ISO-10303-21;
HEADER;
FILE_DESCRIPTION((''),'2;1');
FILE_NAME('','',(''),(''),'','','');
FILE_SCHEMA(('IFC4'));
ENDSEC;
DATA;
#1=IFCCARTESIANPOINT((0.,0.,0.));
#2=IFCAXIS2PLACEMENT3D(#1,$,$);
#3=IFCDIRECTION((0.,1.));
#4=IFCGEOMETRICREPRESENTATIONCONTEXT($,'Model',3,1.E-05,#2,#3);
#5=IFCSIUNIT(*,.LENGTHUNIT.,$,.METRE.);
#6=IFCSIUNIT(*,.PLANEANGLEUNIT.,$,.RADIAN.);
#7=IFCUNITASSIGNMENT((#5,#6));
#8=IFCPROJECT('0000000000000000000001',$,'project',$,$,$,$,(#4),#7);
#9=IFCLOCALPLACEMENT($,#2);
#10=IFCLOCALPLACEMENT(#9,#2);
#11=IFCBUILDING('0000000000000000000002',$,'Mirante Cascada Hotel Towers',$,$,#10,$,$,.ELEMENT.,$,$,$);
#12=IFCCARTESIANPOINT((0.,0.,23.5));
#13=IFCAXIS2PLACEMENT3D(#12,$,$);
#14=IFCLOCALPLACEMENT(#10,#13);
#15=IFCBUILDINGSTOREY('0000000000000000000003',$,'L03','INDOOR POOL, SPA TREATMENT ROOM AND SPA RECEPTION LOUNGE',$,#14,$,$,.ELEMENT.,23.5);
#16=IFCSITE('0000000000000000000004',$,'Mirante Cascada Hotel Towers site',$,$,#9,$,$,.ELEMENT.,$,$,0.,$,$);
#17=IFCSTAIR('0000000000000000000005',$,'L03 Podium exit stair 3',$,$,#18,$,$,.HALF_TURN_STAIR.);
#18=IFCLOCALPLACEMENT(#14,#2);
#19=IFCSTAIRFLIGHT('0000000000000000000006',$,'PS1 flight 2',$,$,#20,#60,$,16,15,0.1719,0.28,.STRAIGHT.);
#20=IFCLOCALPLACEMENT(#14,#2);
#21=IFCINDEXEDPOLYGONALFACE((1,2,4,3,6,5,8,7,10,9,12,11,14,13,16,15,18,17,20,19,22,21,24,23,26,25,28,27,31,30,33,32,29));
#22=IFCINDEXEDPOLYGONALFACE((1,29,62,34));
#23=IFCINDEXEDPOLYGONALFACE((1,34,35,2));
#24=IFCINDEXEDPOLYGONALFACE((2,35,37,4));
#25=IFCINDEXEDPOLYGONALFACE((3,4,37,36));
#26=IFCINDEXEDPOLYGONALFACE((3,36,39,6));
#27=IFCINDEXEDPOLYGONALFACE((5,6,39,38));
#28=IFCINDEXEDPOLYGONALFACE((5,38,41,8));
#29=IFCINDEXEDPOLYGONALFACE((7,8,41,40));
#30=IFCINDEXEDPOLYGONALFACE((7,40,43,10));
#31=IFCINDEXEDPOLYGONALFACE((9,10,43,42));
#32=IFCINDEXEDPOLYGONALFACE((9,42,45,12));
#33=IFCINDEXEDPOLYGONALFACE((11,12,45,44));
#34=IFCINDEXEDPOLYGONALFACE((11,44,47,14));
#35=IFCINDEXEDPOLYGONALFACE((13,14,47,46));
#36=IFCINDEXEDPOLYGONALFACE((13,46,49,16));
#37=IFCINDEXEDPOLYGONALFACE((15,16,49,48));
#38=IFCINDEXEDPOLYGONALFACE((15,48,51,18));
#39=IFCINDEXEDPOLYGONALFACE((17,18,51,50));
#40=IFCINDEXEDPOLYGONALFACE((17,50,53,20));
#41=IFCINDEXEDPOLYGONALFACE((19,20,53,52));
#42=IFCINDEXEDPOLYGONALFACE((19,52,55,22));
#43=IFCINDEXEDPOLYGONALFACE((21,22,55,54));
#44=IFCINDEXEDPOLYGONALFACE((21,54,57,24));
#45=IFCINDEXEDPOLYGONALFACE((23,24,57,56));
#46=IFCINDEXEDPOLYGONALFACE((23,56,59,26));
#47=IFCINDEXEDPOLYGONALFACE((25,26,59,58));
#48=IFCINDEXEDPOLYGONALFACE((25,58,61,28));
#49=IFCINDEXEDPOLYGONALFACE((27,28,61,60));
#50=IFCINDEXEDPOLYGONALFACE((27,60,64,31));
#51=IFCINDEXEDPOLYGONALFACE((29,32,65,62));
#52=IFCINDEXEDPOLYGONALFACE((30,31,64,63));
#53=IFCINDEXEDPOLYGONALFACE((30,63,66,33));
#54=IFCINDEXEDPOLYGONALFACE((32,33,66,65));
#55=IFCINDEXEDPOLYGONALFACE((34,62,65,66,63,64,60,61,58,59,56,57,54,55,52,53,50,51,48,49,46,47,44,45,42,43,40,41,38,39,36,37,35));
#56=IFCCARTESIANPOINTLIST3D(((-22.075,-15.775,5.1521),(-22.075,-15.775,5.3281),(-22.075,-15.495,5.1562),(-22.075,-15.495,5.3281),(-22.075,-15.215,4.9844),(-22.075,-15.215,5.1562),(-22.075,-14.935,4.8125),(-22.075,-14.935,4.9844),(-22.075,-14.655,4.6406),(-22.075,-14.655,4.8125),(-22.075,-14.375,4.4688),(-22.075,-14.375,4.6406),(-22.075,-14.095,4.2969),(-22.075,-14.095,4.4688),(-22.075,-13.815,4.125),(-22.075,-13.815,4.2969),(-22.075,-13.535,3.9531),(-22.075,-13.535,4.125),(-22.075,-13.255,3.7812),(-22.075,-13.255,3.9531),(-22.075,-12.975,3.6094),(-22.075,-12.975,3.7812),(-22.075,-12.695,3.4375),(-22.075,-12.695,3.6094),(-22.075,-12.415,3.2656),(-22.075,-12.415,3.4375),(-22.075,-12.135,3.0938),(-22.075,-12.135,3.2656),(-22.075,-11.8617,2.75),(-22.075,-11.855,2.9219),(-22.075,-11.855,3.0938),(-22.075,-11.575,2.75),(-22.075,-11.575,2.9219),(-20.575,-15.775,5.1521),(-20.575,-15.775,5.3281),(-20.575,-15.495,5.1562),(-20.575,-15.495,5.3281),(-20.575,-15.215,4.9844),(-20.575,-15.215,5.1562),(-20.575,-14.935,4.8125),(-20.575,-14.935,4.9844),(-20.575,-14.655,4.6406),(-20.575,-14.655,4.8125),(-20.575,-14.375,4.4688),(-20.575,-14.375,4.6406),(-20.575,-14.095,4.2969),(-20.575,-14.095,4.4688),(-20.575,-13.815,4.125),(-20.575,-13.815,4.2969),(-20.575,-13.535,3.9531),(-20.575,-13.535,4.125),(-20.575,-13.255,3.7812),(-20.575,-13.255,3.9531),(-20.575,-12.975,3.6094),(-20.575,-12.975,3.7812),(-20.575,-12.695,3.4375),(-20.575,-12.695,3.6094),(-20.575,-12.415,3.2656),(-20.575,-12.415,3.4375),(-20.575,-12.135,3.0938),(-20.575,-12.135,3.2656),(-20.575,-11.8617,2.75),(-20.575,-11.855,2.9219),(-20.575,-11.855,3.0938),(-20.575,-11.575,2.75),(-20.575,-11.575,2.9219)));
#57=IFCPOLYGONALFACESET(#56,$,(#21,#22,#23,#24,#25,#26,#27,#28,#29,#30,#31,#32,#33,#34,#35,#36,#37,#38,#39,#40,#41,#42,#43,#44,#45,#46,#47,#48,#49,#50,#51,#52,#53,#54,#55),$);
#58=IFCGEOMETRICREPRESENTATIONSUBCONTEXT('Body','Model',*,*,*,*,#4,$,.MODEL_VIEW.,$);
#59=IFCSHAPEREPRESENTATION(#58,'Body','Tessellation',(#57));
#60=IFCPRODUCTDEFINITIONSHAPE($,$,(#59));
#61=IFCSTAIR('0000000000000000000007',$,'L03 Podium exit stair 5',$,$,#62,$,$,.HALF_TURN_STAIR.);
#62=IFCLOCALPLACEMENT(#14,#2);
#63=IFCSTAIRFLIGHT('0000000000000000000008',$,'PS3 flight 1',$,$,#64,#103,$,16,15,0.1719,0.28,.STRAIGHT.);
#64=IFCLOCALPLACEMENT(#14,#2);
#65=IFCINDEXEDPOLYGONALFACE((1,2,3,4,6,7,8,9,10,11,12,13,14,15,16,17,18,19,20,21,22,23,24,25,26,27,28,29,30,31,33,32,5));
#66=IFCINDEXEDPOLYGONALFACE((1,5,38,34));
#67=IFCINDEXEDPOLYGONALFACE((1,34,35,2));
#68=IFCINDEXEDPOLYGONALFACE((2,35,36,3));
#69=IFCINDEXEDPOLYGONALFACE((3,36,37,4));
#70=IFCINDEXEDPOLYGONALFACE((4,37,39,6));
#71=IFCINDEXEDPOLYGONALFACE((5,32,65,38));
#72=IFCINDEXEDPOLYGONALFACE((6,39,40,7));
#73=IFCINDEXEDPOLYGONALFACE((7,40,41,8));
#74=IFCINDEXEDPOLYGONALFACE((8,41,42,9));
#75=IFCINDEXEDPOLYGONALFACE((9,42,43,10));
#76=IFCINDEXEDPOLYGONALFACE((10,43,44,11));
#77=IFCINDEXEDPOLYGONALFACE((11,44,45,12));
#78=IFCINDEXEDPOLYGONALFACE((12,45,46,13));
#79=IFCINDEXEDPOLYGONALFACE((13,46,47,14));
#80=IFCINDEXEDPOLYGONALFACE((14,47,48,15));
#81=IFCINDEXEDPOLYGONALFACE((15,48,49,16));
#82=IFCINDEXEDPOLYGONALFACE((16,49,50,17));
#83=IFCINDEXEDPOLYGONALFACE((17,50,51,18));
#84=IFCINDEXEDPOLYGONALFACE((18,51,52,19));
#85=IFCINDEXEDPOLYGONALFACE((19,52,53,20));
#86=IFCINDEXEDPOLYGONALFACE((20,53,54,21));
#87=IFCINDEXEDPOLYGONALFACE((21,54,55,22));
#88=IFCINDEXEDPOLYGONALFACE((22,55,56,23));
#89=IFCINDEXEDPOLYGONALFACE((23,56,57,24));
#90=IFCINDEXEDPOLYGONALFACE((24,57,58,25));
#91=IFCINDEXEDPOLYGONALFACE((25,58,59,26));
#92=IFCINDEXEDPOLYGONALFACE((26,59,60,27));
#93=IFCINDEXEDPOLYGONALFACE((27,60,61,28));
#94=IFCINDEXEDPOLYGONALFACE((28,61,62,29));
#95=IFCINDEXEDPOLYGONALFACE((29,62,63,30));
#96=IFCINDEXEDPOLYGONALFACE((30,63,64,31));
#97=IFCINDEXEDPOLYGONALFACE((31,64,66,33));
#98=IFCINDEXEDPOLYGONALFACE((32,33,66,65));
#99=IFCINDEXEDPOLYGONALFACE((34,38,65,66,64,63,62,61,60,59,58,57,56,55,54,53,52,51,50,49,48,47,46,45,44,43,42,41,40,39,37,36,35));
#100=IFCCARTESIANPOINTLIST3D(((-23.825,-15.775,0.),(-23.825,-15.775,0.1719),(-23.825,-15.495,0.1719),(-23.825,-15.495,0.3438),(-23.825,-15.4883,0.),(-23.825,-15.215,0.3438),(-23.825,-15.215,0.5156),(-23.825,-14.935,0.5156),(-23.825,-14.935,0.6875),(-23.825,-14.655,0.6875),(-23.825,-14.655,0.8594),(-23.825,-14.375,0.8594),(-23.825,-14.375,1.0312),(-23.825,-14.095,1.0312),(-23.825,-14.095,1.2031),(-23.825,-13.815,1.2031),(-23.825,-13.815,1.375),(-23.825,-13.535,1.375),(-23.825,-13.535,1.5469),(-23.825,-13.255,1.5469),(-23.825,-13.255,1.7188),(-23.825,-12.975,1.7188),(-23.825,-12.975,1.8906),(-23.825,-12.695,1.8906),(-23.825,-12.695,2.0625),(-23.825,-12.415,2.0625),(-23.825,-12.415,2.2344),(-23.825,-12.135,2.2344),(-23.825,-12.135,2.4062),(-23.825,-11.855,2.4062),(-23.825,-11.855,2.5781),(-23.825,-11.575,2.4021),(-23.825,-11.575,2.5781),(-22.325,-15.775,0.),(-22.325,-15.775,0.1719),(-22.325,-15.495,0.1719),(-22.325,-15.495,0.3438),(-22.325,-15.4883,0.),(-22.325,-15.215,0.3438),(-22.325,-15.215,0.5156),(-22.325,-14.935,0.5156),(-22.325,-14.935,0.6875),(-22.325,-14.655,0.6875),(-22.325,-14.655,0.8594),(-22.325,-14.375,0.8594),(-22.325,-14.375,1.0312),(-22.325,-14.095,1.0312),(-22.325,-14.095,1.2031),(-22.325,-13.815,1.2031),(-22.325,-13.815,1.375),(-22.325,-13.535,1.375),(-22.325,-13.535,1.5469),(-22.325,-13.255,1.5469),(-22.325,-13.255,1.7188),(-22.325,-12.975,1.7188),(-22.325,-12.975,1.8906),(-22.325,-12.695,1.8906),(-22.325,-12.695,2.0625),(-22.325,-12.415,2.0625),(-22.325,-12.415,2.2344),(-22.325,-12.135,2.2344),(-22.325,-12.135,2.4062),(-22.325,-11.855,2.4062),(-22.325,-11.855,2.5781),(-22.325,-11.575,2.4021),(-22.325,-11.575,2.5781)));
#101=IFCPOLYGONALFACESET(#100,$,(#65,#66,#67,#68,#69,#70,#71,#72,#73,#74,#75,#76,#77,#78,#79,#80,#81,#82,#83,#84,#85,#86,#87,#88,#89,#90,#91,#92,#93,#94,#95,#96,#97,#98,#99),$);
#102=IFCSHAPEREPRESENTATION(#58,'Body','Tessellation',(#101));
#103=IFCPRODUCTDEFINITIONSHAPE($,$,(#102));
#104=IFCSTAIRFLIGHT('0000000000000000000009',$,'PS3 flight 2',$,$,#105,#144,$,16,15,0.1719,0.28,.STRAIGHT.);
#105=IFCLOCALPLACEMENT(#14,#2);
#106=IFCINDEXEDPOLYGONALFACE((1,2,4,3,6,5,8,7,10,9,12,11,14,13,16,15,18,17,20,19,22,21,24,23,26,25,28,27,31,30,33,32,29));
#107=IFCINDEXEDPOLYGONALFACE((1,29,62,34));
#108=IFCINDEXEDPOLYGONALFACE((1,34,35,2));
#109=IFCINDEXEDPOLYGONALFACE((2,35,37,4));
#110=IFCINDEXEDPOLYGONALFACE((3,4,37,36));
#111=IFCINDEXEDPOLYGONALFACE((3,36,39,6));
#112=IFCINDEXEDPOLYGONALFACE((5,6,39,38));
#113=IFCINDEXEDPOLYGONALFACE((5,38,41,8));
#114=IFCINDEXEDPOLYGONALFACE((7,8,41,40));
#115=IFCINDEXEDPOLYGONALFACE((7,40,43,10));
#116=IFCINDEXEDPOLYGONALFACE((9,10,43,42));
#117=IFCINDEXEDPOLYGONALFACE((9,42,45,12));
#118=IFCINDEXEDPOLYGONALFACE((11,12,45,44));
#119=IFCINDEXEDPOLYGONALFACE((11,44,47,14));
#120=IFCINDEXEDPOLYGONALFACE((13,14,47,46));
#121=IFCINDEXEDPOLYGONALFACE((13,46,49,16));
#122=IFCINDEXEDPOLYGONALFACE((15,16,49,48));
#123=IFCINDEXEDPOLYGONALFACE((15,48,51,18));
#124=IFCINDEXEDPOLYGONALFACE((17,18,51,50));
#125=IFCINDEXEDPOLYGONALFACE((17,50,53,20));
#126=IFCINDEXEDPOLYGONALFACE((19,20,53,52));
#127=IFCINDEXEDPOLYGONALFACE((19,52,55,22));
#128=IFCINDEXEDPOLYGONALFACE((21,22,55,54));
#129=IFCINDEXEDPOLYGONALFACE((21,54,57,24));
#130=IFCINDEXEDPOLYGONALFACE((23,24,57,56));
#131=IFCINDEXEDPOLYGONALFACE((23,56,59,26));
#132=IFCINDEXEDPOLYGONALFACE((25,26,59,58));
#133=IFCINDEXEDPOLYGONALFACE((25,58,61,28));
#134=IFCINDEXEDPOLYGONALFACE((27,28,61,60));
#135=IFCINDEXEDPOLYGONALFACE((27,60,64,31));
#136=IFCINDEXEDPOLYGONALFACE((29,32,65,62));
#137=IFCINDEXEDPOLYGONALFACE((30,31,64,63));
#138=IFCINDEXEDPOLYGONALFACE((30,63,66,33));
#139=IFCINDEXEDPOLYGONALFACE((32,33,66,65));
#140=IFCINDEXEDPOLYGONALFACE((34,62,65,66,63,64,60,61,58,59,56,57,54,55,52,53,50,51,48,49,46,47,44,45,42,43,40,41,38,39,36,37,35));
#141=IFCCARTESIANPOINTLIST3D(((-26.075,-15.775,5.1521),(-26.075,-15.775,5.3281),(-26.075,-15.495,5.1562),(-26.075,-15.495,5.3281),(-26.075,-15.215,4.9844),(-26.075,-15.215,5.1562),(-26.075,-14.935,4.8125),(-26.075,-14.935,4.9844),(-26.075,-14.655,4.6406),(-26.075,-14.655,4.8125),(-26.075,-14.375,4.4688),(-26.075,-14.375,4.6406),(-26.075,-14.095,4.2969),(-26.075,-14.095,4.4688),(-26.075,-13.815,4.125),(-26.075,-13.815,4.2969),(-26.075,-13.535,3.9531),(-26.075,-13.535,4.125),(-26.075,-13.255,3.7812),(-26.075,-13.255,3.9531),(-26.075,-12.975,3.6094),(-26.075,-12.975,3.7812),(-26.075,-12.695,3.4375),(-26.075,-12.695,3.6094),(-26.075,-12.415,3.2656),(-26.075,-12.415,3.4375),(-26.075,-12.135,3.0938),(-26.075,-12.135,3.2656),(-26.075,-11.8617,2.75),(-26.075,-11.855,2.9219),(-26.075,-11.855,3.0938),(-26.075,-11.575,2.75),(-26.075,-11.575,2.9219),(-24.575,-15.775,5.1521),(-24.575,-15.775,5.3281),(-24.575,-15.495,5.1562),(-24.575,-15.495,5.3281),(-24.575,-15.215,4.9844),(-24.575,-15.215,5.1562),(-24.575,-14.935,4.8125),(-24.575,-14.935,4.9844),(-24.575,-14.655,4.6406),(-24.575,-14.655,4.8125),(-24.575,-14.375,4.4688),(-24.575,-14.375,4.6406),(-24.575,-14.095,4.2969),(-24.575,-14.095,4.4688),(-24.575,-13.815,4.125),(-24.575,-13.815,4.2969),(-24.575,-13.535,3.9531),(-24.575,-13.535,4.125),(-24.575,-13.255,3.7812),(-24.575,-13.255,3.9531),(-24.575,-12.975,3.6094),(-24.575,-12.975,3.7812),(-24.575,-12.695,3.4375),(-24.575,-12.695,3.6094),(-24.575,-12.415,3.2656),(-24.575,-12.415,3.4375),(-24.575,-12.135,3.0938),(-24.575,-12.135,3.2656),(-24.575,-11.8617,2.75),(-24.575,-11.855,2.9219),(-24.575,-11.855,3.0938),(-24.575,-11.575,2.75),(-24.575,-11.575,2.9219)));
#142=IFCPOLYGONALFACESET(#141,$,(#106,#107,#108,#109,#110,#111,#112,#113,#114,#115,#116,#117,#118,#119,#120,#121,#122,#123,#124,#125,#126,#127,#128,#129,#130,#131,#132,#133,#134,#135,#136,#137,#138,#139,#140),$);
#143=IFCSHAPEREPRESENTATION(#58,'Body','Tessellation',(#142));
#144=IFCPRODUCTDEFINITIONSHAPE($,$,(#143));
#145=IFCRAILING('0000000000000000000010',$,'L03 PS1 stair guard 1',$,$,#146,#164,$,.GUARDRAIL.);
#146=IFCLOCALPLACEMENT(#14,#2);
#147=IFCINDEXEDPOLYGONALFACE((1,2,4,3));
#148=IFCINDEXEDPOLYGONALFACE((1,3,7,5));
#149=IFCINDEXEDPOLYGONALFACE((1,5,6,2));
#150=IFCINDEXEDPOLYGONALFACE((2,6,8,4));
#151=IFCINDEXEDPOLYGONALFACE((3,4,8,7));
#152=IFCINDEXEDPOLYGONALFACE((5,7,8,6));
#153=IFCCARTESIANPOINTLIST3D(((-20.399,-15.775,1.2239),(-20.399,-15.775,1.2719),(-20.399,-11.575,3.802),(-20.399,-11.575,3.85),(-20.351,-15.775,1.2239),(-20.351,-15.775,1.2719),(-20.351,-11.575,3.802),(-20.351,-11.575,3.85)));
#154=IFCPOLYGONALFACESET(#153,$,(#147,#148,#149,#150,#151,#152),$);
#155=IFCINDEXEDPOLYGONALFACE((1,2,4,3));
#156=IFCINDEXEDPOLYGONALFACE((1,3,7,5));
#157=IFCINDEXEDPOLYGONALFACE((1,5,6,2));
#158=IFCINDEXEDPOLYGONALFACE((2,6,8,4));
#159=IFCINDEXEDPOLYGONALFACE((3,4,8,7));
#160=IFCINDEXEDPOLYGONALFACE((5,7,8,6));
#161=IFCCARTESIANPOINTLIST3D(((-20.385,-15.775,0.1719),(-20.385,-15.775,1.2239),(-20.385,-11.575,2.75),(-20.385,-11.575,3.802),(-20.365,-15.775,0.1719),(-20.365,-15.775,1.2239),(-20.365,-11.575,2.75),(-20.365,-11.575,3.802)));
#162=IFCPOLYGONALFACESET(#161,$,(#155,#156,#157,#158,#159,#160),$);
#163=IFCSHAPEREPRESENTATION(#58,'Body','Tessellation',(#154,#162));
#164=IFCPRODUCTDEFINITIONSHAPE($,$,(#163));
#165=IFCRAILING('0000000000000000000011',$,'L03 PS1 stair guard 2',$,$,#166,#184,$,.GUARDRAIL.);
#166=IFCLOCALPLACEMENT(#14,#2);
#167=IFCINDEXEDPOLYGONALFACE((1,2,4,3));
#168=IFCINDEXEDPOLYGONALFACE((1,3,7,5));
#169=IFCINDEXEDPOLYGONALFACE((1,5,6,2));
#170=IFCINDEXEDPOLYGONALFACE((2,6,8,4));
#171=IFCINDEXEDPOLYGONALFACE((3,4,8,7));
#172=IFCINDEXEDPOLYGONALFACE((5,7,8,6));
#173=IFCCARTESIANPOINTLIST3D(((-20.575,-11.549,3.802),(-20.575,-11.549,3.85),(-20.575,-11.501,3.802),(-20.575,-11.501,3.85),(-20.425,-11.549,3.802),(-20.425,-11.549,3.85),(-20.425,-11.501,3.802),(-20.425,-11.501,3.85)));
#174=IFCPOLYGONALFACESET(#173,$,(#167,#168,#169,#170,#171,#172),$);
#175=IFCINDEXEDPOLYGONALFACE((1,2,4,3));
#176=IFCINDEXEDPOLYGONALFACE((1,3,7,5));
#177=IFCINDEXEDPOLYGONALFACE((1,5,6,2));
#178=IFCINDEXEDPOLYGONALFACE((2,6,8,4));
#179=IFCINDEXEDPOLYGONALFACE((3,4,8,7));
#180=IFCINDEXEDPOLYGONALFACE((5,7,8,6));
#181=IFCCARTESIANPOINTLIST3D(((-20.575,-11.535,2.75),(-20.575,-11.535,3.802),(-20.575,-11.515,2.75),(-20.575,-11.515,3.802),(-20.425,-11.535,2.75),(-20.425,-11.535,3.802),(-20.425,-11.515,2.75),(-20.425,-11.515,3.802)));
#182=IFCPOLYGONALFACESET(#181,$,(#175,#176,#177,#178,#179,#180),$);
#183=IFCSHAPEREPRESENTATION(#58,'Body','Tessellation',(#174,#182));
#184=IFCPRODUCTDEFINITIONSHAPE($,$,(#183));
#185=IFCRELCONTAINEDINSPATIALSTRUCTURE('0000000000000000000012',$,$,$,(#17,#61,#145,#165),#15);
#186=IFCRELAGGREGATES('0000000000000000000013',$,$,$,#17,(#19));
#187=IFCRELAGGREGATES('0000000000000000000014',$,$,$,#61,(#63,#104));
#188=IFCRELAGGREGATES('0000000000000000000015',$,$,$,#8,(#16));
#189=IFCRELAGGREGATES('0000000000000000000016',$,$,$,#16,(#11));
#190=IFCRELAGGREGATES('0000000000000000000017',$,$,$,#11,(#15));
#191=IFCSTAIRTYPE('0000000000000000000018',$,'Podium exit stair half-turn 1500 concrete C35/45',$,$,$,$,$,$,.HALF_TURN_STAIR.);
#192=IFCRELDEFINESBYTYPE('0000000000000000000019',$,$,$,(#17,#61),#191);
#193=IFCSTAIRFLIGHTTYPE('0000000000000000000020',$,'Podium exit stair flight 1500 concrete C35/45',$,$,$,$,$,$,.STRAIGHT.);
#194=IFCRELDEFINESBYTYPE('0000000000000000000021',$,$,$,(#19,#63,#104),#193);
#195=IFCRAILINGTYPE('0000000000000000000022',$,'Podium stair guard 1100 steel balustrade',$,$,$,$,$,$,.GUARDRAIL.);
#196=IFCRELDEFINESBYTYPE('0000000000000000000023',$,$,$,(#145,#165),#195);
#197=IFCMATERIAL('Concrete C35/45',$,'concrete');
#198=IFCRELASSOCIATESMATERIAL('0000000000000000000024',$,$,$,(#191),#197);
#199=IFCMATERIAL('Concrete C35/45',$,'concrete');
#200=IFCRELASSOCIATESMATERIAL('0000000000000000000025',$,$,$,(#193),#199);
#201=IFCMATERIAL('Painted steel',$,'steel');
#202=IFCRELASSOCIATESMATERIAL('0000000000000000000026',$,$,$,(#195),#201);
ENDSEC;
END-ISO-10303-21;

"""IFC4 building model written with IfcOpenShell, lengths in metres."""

from ifc_helpers import new_model, si_unit, direction, frame, origin, origin_2d, place, context, subcontext, project, spatial, polyline, rectangle, outline, extrude, material, type_object, element, aggregate, save


model = new_model("IFC4")

# Units and contexts
model_context = context("Model", 3, precision=1e-05, world=origin(), true_north=direction((0.0, 1.0)))
body_context = subcontext(model_context, "Body", "Model", "MODEL_VIEW")
ifc_project = project(units=[si_unit("LENGTHUNIT", "METRE"), si_unit("PLANEANGLEUNIT", "RADIAN")], contexts=[model_context])

# Site, building, storey
site_placement = place(None, origin())
site = spatial("IfcSite", under=ifc_project, at=site_placement, Name="Mirante Cascada Hotel Towers site", CompositionType="ELEMENT", RefElevation=0.0)
building_placement = place(site_placement, origin())
building = spatial("IfcBuilding", under=site, at=building_placement, Name="Mirante Cascada Hotel Towers", CompositionType="ELEMENT")
storey_placement = place(building_placement, frame((0.0, 0.0, 23.5)))
storey = spatial("IfcBuildingStorey", under=building, at=storey_placement, Name="L03", Description="INDOOR POOL, SPA TREATMENT ROOM AND SPA RECEPTION LOUNGE", CompositionType="ELEMENT", Elevation=23.5)

# Stairs, stair flights
ifc_material_1 = material(Name="Concrete C35/45", Category="concrete")
stair_type = type_object("IfcStairType", Name="Podium exit stair half-turn 1500 concrete C35/45", PredefinedType="HALF_TURN_STAIR", material=ifc_material_1)
stair_1_placement = place(storey_placement, origin())
stair_1 = element("IfcStair", 1, at=stair_1_placement, inside=storey, type_object=stair_type, Name="L03 Podium exit stair 3", PredefinedType="HALF_TURN_STAIR")
ifc_material_2 = material(Name="Concrete C35/45", Category="concrete")
stair_flight_type = type_object("IfcStairFlightType", Name="Podium exit stair flight 1500 concrete C35/45", PredefinedType="STRAIGHT", material=ifc_material_2)
stair_flight_1_placement = place(storey_placement, frame((-21.325, -11.575, 2.75), z_axis=(0.0, 0.0, 1.0), x_axis=(0.0, -1.0, 0.0)))
stair_flight_1 = element("IfcStairFlight", 2, at=stair_flight_1_placement, type_object=stair_flight_type, Name="PS1 flight 2", NumberOfRisers=16, NumberOfTreads=15, PredefinedType="STRAIGHT", RiserHeight=0.1719, TreadLength=0.28, context=body_context, shape_type="SweptSolid", body=[
    extrude(outline(polyline([(0.0, 0.0), (0.0, 0.1719), (0.28, 0.1719), (0.28, 0.3438), (0.56, 0.3438), (0.56, 0.5156), (0.84, 0.5156), (0.84, 0.6875), (1.12, 0.6875), (1.12, 0.8594), (1.4, 0.8594), (1.4, 1.0312), (1.68, 1.0312), (1.68, 1.2031), (1.96, 1.2031), (1.96, 1.375), (2.24, 1.375), (2.24, 1.5469), (2.52, 1.5469), (2.52, 1.7188), (2.8, 1.7188), (2.8, 1.8906), (3.08, 1.8906), (3.08, 2.0625), (3.36, 2.0625), (3.36, 2.2344), (3.64, 2.2344), (3.64, 2.4062), (3.92, 2.4062), (3.92, 2.5781), (4.2, 2.5781), (4.2, 2.75), (4.2, 2.4021), (0.2867, 0.0), (0.0, 0.0)])), frame((0.0, 0.75, 0.0), z_axis=(0.0, -1.0, 0.0), x_axis=(1.0, 0.0, 0.0)), (0.0, 0.0, 1.0), 1.5),
])
aggregate(stair_1, [stair_flight_1])
stair_2_placement = place(storey_placement, origin())
stair_2 = element("IfcStair", 3, at=stair_2_placement, inside=storey, type_object=stair_type, Name="L03 Podium exit stair 5", PredefinedType="HALF_TURN_STAIR")
stair_flight_2_placement = place(storey_placement, frame((-23.075, -15.775, 0.0), z_axis=(0.0, 0.0, 1.0), x_axis=(0.0, 1.0, 0.0)))
stair_flight_2 = element("IfcStairFlight", 4, at=stair_flight_2_placement, type_object=stair_flight_type, Name="PS3 flight 1", NumberOfRisers=16, NumberOfTreads=15, PredefinedType="STRAIGHT", RiserHeight=0.1719, TreadLength=0.28, context=body_context, shape_type="SweptSolid", body=[
    extrude(outline(polyline([(0.0, 0.0), (0.0, 0.1719), (0.28, 0.1719), (0.28, 0.3438), (0.56, 0.3438), (0.56, 0.5156), (0.84, 0.5156), (0.84, 0.6875), (1.12, 0.6875), (1.12, 0.8594), (1.4, 0.8594), (1.4, 1.0312), (1.68, 1.0312), (1.68, 1.2031), (1.96, 1.2031), (1.96, 1.375), (2.24, 1.375), (2.24, 1.5469), (2.52, 1.5469), (2.52, 1.7188), (2.8, 1.7188), (2.8, 1.8906), (3.08, 1.8906), (3.08, 2.0625), (3.36, 2.0625), (3.36, 2.2344), (3.64, 2.2344), (3.64, 2.4062), (3.92, 2.4062), (3.92, 2.5781), (4.2, 2.5781), (4.2, 2.75), (4.2, 2.4021), (0.2867, 0.0), (0.0, 0.0)])), frame((0.0, 0.75, 0.0), z_axis=(0.0, -1.0, 0.0), x_axis=(1.0, 0.0, 0.0)), (0.0, 0.0, 1.0), 1.5),
])
stair_flight_3_placement = place(storey_placement, frame((-25.325, -11.575, 2.75), z_axis=(0.0, 0.0, 1.0), x_axis=(0.0, -1.0, 0.0)))
stair_flight_3 = element("IfcStairFlight", 5, at=stair_flight_3_placement, type_object=stair_flight_type, Name="PS3 flight 2", NumberOfRisers=16, NumberOfTreads=15, PredefinedType="STRAIGHT", RiserHeight=0.1719, TreadLength=0.28, context=body_context, shape_type="SweptSolid", body=[
    extrude(outline(polyline([(0.0, 0.0), (0.0, 0.1719), (0.28, 0.1719), (0.28, 0.3438), (0.56, 0.3438), (0.56, 0.5156), (0.84, 0.5156), (0.84, 0.6875), (1.12, 0.6875), (1.12, 0.8594), (1.4, 0.8594), (1.4, 1.0312), (1.68, 1.0312), (1.68, 1.2031), (1.96, 1.2031), (1.96, 1.375), (2.24, 1.375), (2.24, 1.5469), (2.52, 1.5469), (2.52, 1.7188), (2.8, 1.7188), (2.8, 1.8906), (3.08, 1.8906), (3.08, 2.0625), (3.36, 2.0625), (3.36, 2.2344), (3.64, 2.2344), (3.64, 2.4062), (3.92, 2.4062), (3.92, 2.5781), (4.2, 2.5781), (4.2, 2.75), (4.2, 2.4021), (0.2867, 0.0), (0.0, 0.0)])), frame((0.0, 0.75, 0.0), z_axis=(0.0, -1.0, 0.0), x_axis=(1.0, 0.0, 0.0)), (0.0, 0.0, 1.0), 1.5),
])
aggregate(stair_2, [stair_flight_2, stair_flight_3])

# Railings
ifc_material_3 = material(Name="Painted steel", Category="steel")
railing_type_1 = type_object("IfcRailingType", Name="Podium stair guard 1100 steel balustrade", PredefinedType="GUARDRAIL", material=ifc_material_3)
railing_1_placement = place(storey_placement, frame((-20.375, -15.775, 0.1719)))
element("IfcRailing", 6, at=railing_1_placement, inside=storey, type_object=railing_type_1, Name="L03 PS1 stair guard 1", PredefinedType="GUARDRAIL", context=body_context, shape_type="SweptSolid", body=[
    extrude(rectangle(XDim=0.048, YDim=0.048, at=origin_2d()), frame((0.0, 0.0, 1.076), z_axis=(0.0, 1.0, 0.0), x_axis=(-1.0, 0.0, 0.0)), (0.0, 0.523138, 0.852248), 4.9281),
    extrude(rectangle(XDim=0.02, YDim=1.052, at=origin_2d()), frame((0.0, 0.0, 0.526), z_axis=(0.0, 1.0, 0.0), x_axis=(-1.0, 0.0, 0.0)), (0.0, 0.523138, 0.852248), 4.9281),
])
railing_2_placement = place(storey_placement, frame((-20.425, -11.525, 2.75)))
element("IfcRailing", 7, at=railing_2_placement, inside=storey, type_object=railing_type_1, Name="L03 PS1 stair guard 2", PredefinedType="GUARDRAIL", context=body_context, shape_type="SweptSolid", body=[
    extrude(rectangle(XDim=0.048, YDim=0.048, at=origin_2d()), frame((0.0, 0.0, 1.076), z_axis=(-1.0, 0.0, 0.0), x_axis=(0.0, -1.0, 0.0)), (0.0, 0.0, 1.0), 0.15),
    extrude(rectangle(XDim=0.02, YDim=1.052, at=origin_2d()), frame((0.0, 0.0, 0.526), z_axis=(-1.0, 0.0, 0.0), x_axis=(0.0, -1.0, 0.0)), (0.0, 0.0, 1.0), 0.15),
])

save(model, "model.ifc")
